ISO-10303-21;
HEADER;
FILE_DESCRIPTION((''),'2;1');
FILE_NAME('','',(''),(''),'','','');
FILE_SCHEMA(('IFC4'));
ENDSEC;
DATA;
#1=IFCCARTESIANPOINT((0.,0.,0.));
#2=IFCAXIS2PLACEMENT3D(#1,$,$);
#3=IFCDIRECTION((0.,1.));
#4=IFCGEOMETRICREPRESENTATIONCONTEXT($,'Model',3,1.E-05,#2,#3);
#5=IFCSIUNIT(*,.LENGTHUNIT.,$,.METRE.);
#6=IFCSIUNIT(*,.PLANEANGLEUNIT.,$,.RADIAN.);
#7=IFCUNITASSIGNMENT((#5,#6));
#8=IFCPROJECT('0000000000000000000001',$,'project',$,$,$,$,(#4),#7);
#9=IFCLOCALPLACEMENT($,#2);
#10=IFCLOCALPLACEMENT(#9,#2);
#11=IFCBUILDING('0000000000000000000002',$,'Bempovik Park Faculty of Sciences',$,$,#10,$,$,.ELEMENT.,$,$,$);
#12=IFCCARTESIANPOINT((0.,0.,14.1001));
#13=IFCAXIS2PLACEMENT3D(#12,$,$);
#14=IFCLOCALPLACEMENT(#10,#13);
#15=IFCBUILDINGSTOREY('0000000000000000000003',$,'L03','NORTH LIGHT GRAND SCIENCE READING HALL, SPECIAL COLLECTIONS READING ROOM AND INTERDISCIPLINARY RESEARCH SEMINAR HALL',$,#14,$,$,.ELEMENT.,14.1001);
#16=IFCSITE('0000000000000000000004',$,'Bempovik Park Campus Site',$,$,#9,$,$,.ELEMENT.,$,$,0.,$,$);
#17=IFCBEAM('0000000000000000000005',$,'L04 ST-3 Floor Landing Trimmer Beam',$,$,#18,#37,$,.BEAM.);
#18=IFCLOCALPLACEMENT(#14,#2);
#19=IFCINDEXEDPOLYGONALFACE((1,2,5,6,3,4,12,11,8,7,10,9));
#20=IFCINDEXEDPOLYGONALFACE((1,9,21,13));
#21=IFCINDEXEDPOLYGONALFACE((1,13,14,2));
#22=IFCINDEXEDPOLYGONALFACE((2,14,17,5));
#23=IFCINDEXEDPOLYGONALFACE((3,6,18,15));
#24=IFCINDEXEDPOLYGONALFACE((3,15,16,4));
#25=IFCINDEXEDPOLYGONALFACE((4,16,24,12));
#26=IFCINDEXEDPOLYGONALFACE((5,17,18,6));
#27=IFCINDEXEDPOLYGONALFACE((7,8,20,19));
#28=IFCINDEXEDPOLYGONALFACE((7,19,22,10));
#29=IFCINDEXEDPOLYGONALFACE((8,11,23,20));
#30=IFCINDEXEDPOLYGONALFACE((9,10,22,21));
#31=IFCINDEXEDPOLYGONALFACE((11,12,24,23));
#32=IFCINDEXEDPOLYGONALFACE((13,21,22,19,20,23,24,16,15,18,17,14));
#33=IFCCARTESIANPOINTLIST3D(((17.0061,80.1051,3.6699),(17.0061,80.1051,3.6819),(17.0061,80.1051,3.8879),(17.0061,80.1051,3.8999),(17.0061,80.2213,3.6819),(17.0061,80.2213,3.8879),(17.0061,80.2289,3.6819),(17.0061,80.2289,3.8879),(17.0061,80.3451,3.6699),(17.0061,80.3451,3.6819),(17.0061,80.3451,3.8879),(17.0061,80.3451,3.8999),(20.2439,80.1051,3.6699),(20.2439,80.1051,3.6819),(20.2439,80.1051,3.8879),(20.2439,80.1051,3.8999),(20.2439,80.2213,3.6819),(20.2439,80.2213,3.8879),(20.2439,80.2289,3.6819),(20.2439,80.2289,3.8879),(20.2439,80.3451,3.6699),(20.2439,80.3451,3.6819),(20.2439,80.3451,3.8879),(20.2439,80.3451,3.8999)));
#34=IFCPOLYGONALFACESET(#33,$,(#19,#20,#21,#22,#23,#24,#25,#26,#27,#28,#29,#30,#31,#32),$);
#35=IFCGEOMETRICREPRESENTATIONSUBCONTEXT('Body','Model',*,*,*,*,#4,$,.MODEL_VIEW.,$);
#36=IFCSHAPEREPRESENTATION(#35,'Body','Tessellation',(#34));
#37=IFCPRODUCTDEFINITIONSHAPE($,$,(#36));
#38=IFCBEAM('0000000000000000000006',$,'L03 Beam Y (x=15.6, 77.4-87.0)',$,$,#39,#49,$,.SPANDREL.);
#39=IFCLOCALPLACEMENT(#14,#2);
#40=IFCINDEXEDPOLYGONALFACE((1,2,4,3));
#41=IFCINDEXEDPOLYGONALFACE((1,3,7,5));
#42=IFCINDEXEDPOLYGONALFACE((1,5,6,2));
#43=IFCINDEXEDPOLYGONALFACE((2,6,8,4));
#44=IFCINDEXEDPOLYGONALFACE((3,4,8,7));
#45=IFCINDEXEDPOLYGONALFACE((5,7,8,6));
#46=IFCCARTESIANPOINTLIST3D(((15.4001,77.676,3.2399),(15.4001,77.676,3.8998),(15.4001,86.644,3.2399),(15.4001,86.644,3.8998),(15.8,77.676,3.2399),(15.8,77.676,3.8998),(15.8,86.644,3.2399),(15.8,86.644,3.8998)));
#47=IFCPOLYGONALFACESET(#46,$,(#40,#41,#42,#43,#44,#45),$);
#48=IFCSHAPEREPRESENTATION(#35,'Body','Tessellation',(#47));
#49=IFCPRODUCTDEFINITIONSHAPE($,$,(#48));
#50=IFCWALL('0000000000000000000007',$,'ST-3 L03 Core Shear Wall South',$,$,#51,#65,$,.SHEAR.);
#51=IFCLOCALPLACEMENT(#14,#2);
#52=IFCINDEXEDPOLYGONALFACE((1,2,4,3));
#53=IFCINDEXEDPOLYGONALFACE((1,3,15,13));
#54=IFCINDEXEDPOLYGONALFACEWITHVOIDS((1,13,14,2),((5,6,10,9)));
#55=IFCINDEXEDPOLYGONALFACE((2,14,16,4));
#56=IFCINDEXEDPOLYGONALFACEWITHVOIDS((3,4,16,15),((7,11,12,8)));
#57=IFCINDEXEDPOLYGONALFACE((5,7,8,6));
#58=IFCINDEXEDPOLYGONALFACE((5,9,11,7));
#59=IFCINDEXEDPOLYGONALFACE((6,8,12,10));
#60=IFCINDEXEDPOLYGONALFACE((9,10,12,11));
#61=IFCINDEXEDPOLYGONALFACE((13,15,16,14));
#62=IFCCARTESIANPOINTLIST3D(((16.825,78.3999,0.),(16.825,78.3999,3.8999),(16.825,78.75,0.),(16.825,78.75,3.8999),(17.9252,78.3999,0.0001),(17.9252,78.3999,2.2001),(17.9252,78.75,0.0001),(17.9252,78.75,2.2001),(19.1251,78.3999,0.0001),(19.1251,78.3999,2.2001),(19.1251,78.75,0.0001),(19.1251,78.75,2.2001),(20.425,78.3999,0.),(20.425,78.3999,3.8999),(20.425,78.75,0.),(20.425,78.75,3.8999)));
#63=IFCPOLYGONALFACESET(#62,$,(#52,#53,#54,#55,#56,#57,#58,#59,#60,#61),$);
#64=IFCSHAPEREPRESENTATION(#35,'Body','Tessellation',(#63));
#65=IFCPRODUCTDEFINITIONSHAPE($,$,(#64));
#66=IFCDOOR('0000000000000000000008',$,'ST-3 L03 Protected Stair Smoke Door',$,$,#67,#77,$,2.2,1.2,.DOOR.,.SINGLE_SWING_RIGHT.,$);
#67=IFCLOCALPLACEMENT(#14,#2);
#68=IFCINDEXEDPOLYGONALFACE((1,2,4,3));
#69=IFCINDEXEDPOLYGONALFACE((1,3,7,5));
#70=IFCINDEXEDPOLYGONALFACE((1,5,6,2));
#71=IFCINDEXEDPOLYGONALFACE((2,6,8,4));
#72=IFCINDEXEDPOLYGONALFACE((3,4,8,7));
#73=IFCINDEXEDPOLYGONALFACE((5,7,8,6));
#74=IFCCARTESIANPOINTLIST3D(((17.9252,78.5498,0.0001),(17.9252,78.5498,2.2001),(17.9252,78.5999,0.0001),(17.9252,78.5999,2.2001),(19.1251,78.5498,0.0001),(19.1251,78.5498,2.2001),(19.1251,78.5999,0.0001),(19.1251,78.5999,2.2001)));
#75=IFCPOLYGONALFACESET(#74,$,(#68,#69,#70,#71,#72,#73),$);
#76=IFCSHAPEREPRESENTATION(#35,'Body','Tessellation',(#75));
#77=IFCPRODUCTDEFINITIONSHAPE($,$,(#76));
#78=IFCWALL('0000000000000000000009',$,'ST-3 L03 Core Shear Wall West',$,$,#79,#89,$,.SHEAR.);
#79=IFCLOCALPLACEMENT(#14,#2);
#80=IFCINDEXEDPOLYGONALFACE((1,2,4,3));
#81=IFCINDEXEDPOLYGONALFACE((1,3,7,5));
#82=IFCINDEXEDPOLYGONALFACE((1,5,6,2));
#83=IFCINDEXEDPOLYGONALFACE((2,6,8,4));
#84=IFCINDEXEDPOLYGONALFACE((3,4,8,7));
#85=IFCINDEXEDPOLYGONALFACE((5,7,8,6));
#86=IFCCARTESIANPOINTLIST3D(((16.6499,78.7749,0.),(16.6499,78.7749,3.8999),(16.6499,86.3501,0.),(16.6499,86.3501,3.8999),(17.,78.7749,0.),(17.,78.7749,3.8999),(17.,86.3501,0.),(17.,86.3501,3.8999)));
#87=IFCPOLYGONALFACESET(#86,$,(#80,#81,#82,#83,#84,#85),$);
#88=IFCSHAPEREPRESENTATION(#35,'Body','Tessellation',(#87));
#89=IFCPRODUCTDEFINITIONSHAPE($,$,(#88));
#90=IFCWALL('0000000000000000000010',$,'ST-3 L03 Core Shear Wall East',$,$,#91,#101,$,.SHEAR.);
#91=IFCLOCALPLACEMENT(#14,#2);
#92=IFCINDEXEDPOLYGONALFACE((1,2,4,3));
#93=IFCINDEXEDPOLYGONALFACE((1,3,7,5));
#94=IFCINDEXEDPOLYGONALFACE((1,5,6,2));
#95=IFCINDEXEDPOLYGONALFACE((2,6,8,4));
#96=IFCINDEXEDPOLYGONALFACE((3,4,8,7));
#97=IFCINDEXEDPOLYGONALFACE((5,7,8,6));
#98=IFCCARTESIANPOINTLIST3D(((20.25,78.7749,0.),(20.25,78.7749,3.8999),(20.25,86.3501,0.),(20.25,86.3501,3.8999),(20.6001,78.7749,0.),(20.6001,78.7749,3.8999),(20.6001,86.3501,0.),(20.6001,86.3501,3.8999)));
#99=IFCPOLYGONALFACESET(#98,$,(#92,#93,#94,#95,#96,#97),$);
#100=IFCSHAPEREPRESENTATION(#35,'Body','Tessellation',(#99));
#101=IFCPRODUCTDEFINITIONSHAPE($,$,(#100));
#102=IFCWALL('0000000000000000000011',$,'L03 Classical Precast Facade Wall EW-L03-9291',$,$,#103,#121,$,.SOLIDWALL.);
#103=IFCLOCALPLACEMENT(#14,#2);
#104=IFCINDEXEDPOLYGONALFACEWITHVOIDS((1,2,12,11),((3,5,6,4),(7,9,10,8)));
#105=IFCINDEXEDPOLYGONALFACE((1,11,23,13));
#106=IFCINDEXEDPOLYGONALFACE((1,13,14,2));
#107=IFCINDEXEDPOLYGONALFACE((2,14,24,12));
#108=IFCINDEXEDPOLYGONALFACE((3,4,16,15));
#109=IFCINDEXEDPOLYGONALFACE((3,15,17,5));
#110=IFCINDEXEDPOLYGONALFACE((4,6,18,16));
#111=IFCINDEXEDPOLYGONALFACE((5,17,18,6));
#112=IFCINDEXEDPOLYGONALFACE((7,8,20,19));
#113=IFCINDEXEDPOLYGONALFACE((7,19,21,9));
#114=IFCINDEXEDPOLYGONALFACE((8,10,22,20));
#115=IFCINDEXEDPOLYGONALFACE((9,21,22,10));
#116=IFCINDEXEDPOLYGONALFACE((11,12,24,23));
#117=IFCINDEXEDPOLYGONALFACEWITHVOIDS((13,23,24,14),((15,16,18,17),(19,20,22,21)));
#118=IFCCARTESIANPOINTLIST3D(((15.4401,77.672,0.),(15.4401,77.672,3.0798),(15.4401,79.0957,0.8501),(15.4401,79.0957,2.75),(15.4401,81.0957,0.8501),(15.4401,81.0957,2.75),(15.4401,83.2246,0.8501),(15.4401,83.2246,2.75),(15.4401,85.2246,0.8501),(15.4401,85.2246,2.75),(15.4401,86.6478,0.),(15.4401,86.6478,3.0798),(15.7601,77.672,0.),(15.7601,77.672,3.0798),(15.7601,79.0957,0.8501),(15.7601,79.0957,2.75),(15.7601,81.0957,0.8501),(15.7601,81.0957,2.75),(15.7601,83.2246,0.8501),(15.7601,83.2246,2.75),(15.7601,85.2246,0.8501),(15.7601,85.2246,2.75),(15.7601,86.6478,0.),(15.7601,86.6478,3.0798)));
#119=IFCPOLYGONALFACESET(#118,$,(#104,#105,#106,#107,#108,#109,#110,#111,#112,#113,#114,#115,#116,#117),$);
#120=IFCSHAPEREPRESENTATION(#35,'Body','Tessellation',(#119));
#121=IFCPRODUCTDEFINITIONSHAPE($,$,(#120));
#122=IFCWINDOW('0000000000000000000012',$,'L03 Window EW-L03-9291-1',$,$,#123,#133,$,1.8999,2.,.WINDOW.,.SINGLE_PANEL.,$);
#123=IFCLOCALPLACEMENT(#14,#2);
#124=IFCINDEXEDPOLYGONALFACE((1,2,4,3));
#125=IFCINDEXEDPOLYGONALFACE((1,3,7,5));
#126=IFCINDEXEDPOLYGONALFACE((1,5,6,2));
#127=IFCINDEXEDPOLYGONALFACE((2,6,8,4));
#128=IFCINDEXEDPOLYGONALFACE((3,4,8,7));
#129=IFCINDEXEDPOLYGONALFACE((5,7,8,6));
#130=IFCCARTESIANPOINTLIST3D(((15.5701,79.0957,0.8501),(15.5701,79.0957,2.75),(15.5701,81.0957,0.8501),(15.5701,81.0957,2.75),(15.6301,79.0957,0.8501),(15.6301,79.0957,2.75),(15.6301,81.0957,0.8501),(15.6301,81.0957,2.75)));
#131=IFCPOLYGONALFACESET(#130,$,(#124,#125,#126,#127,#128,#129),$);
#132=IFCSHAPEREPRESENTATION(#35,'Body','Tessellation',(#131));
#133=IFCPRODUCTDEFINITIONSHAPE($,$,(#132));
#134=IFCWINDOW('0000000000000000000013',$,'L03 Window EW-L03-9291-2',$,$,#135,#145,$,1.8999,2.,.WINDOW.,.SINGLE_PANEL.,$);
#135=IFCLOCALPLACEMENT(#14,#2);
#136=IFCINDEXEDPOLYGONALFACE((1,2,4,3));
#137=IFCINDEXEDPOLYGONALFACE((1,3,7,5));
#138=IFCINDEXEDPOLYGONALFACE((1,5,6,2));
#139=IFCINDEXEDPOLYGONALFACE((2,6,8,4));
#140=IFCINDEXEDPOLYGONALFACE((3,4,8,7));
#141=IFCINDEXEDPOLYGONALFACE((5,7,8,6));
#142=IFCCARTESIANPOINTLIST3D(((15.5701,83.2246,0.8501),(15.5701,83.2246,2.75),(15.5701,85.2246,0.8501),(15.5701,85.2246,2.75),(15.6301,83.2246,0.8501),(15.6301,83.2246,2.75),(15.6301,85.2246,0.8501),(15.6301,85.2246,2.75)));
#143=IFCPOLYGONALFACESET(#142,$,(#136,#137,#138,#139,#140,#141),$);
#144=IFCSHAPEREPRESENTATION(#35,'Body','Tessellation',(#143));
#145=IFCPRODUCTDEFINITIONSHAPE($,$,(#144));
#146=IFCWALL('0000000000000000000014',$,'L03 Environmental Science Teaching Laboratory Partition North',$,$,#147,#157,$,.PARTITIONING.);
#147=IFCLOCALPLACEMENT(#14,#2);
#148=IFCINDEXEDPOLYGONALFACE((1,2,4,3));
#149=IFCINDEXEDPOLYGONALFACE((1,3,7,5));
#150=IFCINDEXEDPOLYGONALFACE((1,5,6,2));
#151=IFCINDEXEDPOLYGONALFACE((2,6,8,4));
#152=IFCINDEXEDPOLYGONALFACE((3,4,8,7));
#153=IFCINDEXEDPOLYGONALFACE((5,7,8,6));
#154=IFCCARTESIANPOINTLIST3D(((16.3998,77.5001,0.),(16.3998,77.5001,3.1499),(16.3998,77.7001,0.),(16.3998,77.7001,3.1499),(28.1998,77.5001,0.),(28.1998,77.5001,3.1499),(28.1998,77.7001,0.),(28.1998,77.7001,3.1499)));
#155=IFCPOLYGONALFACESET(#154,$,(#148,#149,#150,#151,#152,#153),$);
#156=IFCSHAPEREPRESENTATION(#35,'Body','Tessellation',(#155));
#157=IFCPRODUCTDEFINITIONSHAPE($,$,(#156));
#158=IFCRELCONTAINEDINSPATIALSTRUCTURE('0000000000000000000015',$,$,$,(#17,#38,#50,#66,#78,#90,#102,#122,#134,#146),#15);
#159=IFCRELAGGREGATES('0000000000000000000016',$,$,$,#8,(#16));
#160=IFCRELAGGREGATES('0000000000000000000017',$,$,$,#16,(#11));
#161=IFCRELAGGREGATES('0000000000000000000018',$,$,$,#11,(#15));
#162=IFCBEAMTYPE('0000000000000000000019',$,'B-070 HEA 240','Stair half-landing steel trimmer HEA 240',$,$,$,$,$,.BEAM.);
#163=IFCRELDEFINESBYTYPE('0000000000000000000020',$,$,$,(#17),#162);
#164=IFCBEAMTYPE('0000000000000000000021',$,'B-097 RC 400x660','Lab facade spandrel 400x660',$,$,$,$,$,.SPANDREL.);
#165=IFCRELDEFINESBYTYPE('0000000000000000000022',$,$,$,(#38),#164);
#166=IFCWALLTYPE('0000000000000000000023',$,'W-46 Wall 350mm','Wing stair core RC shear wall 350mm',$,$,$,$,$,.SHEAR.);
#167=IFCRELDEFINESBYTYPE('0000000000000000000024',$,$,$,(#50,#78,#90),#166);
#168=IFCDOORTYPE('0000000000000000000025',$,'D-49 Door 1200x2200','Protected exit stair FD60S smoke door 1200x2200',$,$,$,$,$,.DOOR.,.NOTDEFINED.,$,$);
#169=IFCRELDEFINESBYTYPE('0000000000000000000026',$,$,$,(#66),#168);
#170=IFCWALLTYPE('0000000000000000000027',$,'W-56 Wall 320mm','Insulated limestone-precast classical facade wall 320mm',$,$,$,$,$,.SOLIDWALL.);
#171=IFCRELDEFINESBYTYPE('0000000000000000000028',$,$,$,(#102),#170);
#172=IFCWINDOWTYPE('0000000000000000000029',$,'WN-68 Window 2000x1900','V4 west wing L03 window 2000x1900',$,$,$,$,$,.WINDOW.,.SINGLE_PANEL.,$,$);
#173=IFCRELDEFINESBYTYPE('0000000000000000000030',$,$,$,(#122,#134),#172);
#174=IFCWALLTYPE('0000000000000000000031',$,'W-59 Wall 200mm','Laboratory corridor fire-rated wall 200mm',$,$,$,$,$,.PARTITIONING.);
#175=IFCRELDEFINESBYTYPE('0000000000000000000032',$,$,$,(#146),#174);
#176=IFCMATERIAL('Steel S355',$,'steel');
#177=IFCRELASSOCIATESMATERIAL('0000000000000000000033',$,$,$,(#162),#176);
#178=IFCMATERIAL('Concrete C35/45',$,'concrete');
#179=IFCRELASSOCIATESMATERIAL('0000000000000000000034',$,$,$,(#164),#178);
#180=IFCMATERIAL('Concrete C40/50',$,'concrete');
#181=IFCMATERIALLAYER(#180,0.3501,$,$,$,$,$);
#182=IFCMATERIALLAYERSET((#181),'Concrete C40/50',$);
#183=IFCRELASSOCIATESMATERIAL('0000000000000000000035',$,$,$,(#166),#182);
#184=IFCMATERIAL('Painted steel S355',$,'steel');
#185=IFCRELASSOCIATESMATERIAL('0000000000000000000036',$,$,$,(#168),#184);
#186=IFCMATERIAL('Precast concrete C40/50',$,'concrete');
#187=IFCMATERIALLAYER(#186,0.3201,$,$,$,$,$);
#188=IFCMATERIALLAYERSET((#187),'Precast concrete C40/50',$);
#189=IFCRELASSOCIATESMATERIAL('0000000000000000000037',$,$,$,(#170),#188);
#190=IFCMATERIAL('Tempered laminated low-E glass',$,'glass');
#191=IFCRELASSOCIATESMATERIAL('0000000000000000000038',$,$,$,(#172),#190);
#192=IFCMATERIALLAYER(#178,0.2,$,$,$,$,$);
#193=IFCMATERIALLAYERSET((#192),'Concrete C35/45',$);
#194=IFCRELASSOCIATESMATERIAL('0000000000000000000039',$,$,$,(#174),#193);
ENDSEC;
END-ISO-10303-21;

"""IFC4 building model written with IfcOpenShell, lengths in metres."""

from ifc_helpers import new_model, si_unit, direction, frame, frame_2d, origin, origin_2d, place, context, subcontext, project, spatial, rectangle, i_section, extrude, material, layer, layer_set, material_profile, profile_set, type_object, element, fill, save


model = new_model("IFC4")

# Units and contexts
model_context = context("Model", 3, precision=1e-05, world=origin(), true_north=direction((0.0, 1.0)))
body_context = subcontext(model_context, "Body", "Model", "MODEL_VIEW")
ifc_project = project(units=[si_unit("LENGTHUNIT", "METRE"), si_unit("PLANEANGLEUNIT", "RADIAN")], contexts=[model_context])

# Site, building, storey
site_placement = place(None, origin())
site = spatial("IfcSite", under=ifc_project, at=site_placement, Name="Bempovik Park Campus Site", CompositionType="ELEMENT", RefElevation=0.0)
building_placement = place(site_placement, origin())
building = spatial("IfcBuilding", under=site, at=building_placement, Name="Bempovik Park Faculty of Sciences", CompositionType="ELEMENT")
storey_placement = place(building_placement, frame((0.0, 0.0, 14.1001)))
storey = spatial("IfcBuildingStorey", under=building, at=storey_placement, Name="L03", Description="NORTH LIGHT GRAND SCIENCE READING HALL, SPECIAL COLLECTIONS READING ROOM AND INTERDISCIPLINARY RESEARCH SEMINAR HALL", CompositionType="ELEMENT", Elevation=14.1001)

# Beams
ifc_material_1 = material(Name="Steel S355", Category="steel")
ifc_material_profile_1 = material_profile(ifc_material_1, i_section(OverallWidth=0.24, OverallDepth=0.23, WebThickness=0.0076, FlangeThickness=0.012, at=origin_2d()), Name="HEA 240")
ifc_profile_set_1 = profile_set([ifc_material_profile_1], Name="Steel S355")
beam_type_1 = type_object("IfcBeamType", Name="B-070 HEA 240", Description="Stair half-landing steel trimmer HEA 240", PredefinedType="BEAM", material=ifc_profile_set_1)
beam_1_placement = place(storey_placement, frame((17.0061, 80.2251, 3.7849), z_axis=(1.0, 0.0, 0.0), x_axis=(0.0, 1.0, 0.0)))
element("IfcBeam", 1, at=beam_1_placement, inside=storey, type_object=beam_type_1, Name="L04 ST-3 Floor Landing Trimmer Beam", PredefinedType="BEAM", context=body_context, shape_type="SweptSolid", body=[
    extrude(i_section(OverallWidth=0.24, OverallDepth=0.23, WebThickness=0.0076, FlangeThickness=0.012, at=origin_2d()), origin(), (0.0, 0.0, 1.0), 3.2378),
])
ifc_material_2 = material(Name="Concrete C35/45", Category="concrete")
ifc_material_profile_2 = material_profile(ifc_material_2, rectangle(XDim=0.3999, YDim=0.6599, at=origin_2d()), Name="RC 400x660")
ifc_profile_set_2 = profile_set([ifc_material_profile_2], Name="Concrete C35/45")
beam_type_2 = type_object("IfcBeamType", Name="B-097 RC 400x660", Description="Lab facade spandrel 400x660", PredefinedType="SPANDREL", material=ifc_profile_set_2)
beam_2_placement = place(storey_placement, frame((15.6001, 77.676, 3.5698), z_axis=(0.0, 1.0, 0.0), x_axis=(-1.0, 0.0, 0.0)))
element("IfcBeam", 2, at=beam_2_placement, inside=storey, type_object=beam_type_2, Name="L03 Beam Y (x=15.6, 77.4-87.0)", PredefinedType="SPANDREL", context=body_context, shape_type="SweptSolid", body=[
    extrude(rectangle(XDim=0.3999, YDim=0.6599, at=origin_2d()), origin(), (0.0, 0.0, 1.0), 8.968),
])

# Wall, opening, door
ifc_material_3 = material(Name="Concrete C40/50", Category="concrete")
ifc_layer_1 = layer(ifc_material_3, 0.3501)
ifc_layer_set_1 = layer_set([ifc_layer_1], Name="Concrete C40/50")
wall_type_1 = type_object("IfcWallType", Name="W-46 Wall 350mm", Description="Wing stair core RC shear wall 350mm", PredefinedType="SHEAR", material=ifc_layer_set_1)
wall_1_placement = place(storey_placement, frame((16.825, 78.575, 0.0), z_axis=(0.0, 0.0, 1.0), x_axis=(1.0, 0.0, 0.0)))
wall_1 = element("IfcWall", 3, at=wall_1_placement, inside=storey, type_object=wall_type_1, Name="ST-3 L03 Core Shear Wall South", PredefinedType="SHEAR", context=body_context, shape_type="SweptSolid", body=[
    extrude(rectangle(XDim=3.6001, YDim=0.3501, at=frame_2d((1.8, 0.0))), origin(), (0.0, 0.0, 1.0), 3.8999),
])
opening_1_placement = place(wall_1_placement, frame((1.1001, 0.0, 0.0)))
opening_1 = element("IfcOpeningElement", 4, at=opening_1_placement, cuts=wall_1, PredefinedType="OPENING", context=body_context, shape_type="SweptSolid", body=[
    extrude(rectangle(XDim=1.2, YDim=2.2, at=frame_2d((0.6001, 1.1001))), frame((0.0, 0.1851, 0.0), z_axis=(0.0, -1.0, 0.0), x_axis=(1.0, 0.0, 0.0)), (0.0, 0.0, 1.0), 0.3701),
])
ifc_material_4 = material(Name="Painted steel S355", Category="steel")
door_type = type_object("IfcDoorType", Name="D-49 Door 1200x2200", Description="Protected exit stair FD60S smoke door 1200x2200", OperationType="NOTDEFINED", PredefinedType="DOOR", material=ifc_material_4)
door_placement = place(opening_1_placement, origin())
door = element("IfcDoor", 5, at=door_placement, inside=storey, type_object=door_type, Name="ST-3 L03 Protected Stair Smoke Door", OperationType="SINGLE_SWING_RIGHT", OverallHeight=2.2, OverallWidth=1.2, PredefinedType="DOOR", context=body_context, shape_type="SweptSolid", body=[
    extrude(rectangle(XDim=1.2, YDim=2.2, at=frame_2d((0.6001, 1.1001))), frame((0.0, 0.0249, 0.0), z_axis=(0.0, -1.0, 0.0), x_axis=(1.0, 0.0, 0.0)), (0.0, 0.0, 1.0), 0.05),
])
fill(opening_1, door)

# Walls
for number, where, z_axis, x_axis, name in (
    (6, (16.825, 78.7749, 0.0), (0.0, 0.0, 1.0), (0.0, 1.0, 0.0), "ST-3 L03 Core Shear Wall West"),
    (7, (20.425, 78.7749, 0.0), (0.0, 0.0, 1.0), (0.0, 1.0, 0.0), "ST-3 L03 Core Shear Wall East"),
):
    element("IfcWall", number, at=place(storey_placement, frame(where, z_axis=z_axis, x_axis=x_axis)), inside=storey, type_object=wall_type_1, Name=name, PredefinedType="SHEAR", context=body_context, shape_type="SweptSolid", body=[
        extrude(rectangle(XDim=7.5752, YDim=0.3501, at=frame_2d((3.7876, 0.0))), origin(), (0.0, 0.0, 1.0), 3.8999),
    ])

# Wall, openings, windows
ifc_material_5 = material(Name="Precast concrete C40/50", Category="concrete")
ifc_layer_2 = layer(ifc_material_5, 0.3201)
ifc_layer_set_2 = layer_set([ifc_layer_2], Name="Precast concrete C40/50")
wall_type_2 = type_object("IfcWallType", Name="W-56 Wall 320mm", Description="Insulated limestone-precast classical facade wall 320mm", PredefinedType="SOLIDWALL", material=ifc_layer_set_2)
wall_2_placement = place(storey_placement, frame((15.6001, 77.6721, 0.0), z_axis=(0.0, 0.0, 1.0), x_axis=(0.0, 1.0, 0.0)))
wall_2 = element("IfcWall", 8, at=wall_2_placement, inside=storey, type_object=wall_type_2, Name="L03 Classical Precast Facade Wall EW-L03-9291", PredefinedType="SOLIDWALL", context=body_context, shape_type="SweptSolid", body=[
    extrude(rectangle(XDim=8.9758, YDim=0.3201, at=frame_2d((4.4878, 0.0))), origin(), (0.0, 0.0, 1.0), 3.0798),
])
opening_2_placement = place(wall_2_placement, frame((1.4236, 0.0, 0.8501)))
opening_2 = element("IfcOpeningElement", 9, at=opening_2_placement, cuts=wall_2, PredefinedType="OPENING", context=body_context, shape_type="SweptSolid", body=[
    extrude(rectangle(XDim=2.0, YDim=1.8999, at=frame_2d((1.0, 0.95))), frame((0.0, 0.1699, 0.0), z_axis=(0.0, -1.0, 0.0), x_axis=(1.0, 0.0, 0.0)), (0.0, 0.0, 1.0), 0.3401),
])
opening_3_placement = place(wall_2_placement, frame((5.5525, 0.0, 0.8501)))
opening_3 = element("IfcOpeningElement", 10, at=opening_3_placement, cuts=wall_2, PredefinedType="OPENING", context=body_context, shape_type="SweptSolid", body=[
    extrude(rectangle(XDim=2.0, YDim=1.8999, at=frame_2d((1.0, 0.95))), frame((0.0, 0.1699, 0.0), z_axis=(0.0, -1.0, 0.0), x_axis=(1.0, 0.0, 0.0)), (0.0, 0.0, 1.0), 0.3401),
])
ifc_material_6 = material(Name="Tempered laminated low-E glass", Category="glass")
window_type = type_object("IfcWindowType", Name="WN-68 Window 2000x1900", Description="V4 west wing L03 window 2000x1900", PartitioningType="SINGLE_PANEL", PredefinedType="WINDOW", material=ifc_material_6)
window_1_placement = place(opening_2_placement, origin())
window_1 = element("IfcWindow", 11, at=window_1_placement, inside=storey, type_object=window_type, Name="L03 Window EW-L03-9291-1", OverallHeight=1.8999, OverallWidth=2.0, PartitioningType="SINGLE_PANEL", PredefinedType="WINDOW", context=body_context, shape_type="SweptSolid", body=[
    extrude(rectangle(XDim=2.0, YDim=1.8999, at=frame_2d((1.0, 0.95))), frame((0.0, 0.03, 0.0), z_axis=(0.0, -1.0, 0.0), x_axis=(1.0, 0.0, 0.0)), (0.0, 0.0, 1.0), 0.0601),
])
fill(opening_2, window_1)
window_2_placement = place(opening_3_placement, origin())
window_2 = element("IfcWindow", 12, at=window_2_placement, inside=storey, type_object=window_type, Name="L03 Window EW-L03-9291-2", OverallHeight=1.8999, OverallWidth=2.0, PartitioningType="SINGLE_PANEL", PredefinedType="WINDOW", context=body_context, shape_type="SweptSolid", body=[
    extrude(rectangle(XDim=2.0, YDim=1.8999, at=frame_2d((1.0, 0.95))), frame((0.0, 0.03, 0.0), z_axis=(0.0, -1.0, 0.0), x_axis=(1.0, 0.0, 0.0)), (0.0, 0.0, 1.0), 0.0601),
])
fill(opening_3, window_2)

# Wall
ifc_layer_3 = layer(ifc_material_2, 0.2)
ifc_layer_set_3 = layer_set([ifc_layer_3], Name="Concrete C35/45")
wall_type_3 = type_object("IfcWallType", Name="W-59 Wall 200mm", Description="Laboratory corridor fire-rated wall 200mm", PredefinedType="PARTITIONING", material=ifc_layer_set_3)
wall_3_placement = place(storey_placement, frame((16.3999, 77.6001, 0.0), z_axis=(0.0, 0.0, 1.0), x_axis=(1.0, 0.0, 0.0)))
element("IfcWall", 13, at=wall_3_placement, inside=storey, type_object=wall_type_3, Name="L03 Environmental Science Teaching Laboratory Partition North", PredefinedType="PARTITIONING", context=body_context, shape_type="SweptSolid", body=[
    extrude(rectangle(XDim=11.8, YDim=0.2, at=frame_2d((5.8999, 0.0))), origin(), (0.0, 0.0, 1.0), 3.1499),
])

save(model, "model.ifc")
